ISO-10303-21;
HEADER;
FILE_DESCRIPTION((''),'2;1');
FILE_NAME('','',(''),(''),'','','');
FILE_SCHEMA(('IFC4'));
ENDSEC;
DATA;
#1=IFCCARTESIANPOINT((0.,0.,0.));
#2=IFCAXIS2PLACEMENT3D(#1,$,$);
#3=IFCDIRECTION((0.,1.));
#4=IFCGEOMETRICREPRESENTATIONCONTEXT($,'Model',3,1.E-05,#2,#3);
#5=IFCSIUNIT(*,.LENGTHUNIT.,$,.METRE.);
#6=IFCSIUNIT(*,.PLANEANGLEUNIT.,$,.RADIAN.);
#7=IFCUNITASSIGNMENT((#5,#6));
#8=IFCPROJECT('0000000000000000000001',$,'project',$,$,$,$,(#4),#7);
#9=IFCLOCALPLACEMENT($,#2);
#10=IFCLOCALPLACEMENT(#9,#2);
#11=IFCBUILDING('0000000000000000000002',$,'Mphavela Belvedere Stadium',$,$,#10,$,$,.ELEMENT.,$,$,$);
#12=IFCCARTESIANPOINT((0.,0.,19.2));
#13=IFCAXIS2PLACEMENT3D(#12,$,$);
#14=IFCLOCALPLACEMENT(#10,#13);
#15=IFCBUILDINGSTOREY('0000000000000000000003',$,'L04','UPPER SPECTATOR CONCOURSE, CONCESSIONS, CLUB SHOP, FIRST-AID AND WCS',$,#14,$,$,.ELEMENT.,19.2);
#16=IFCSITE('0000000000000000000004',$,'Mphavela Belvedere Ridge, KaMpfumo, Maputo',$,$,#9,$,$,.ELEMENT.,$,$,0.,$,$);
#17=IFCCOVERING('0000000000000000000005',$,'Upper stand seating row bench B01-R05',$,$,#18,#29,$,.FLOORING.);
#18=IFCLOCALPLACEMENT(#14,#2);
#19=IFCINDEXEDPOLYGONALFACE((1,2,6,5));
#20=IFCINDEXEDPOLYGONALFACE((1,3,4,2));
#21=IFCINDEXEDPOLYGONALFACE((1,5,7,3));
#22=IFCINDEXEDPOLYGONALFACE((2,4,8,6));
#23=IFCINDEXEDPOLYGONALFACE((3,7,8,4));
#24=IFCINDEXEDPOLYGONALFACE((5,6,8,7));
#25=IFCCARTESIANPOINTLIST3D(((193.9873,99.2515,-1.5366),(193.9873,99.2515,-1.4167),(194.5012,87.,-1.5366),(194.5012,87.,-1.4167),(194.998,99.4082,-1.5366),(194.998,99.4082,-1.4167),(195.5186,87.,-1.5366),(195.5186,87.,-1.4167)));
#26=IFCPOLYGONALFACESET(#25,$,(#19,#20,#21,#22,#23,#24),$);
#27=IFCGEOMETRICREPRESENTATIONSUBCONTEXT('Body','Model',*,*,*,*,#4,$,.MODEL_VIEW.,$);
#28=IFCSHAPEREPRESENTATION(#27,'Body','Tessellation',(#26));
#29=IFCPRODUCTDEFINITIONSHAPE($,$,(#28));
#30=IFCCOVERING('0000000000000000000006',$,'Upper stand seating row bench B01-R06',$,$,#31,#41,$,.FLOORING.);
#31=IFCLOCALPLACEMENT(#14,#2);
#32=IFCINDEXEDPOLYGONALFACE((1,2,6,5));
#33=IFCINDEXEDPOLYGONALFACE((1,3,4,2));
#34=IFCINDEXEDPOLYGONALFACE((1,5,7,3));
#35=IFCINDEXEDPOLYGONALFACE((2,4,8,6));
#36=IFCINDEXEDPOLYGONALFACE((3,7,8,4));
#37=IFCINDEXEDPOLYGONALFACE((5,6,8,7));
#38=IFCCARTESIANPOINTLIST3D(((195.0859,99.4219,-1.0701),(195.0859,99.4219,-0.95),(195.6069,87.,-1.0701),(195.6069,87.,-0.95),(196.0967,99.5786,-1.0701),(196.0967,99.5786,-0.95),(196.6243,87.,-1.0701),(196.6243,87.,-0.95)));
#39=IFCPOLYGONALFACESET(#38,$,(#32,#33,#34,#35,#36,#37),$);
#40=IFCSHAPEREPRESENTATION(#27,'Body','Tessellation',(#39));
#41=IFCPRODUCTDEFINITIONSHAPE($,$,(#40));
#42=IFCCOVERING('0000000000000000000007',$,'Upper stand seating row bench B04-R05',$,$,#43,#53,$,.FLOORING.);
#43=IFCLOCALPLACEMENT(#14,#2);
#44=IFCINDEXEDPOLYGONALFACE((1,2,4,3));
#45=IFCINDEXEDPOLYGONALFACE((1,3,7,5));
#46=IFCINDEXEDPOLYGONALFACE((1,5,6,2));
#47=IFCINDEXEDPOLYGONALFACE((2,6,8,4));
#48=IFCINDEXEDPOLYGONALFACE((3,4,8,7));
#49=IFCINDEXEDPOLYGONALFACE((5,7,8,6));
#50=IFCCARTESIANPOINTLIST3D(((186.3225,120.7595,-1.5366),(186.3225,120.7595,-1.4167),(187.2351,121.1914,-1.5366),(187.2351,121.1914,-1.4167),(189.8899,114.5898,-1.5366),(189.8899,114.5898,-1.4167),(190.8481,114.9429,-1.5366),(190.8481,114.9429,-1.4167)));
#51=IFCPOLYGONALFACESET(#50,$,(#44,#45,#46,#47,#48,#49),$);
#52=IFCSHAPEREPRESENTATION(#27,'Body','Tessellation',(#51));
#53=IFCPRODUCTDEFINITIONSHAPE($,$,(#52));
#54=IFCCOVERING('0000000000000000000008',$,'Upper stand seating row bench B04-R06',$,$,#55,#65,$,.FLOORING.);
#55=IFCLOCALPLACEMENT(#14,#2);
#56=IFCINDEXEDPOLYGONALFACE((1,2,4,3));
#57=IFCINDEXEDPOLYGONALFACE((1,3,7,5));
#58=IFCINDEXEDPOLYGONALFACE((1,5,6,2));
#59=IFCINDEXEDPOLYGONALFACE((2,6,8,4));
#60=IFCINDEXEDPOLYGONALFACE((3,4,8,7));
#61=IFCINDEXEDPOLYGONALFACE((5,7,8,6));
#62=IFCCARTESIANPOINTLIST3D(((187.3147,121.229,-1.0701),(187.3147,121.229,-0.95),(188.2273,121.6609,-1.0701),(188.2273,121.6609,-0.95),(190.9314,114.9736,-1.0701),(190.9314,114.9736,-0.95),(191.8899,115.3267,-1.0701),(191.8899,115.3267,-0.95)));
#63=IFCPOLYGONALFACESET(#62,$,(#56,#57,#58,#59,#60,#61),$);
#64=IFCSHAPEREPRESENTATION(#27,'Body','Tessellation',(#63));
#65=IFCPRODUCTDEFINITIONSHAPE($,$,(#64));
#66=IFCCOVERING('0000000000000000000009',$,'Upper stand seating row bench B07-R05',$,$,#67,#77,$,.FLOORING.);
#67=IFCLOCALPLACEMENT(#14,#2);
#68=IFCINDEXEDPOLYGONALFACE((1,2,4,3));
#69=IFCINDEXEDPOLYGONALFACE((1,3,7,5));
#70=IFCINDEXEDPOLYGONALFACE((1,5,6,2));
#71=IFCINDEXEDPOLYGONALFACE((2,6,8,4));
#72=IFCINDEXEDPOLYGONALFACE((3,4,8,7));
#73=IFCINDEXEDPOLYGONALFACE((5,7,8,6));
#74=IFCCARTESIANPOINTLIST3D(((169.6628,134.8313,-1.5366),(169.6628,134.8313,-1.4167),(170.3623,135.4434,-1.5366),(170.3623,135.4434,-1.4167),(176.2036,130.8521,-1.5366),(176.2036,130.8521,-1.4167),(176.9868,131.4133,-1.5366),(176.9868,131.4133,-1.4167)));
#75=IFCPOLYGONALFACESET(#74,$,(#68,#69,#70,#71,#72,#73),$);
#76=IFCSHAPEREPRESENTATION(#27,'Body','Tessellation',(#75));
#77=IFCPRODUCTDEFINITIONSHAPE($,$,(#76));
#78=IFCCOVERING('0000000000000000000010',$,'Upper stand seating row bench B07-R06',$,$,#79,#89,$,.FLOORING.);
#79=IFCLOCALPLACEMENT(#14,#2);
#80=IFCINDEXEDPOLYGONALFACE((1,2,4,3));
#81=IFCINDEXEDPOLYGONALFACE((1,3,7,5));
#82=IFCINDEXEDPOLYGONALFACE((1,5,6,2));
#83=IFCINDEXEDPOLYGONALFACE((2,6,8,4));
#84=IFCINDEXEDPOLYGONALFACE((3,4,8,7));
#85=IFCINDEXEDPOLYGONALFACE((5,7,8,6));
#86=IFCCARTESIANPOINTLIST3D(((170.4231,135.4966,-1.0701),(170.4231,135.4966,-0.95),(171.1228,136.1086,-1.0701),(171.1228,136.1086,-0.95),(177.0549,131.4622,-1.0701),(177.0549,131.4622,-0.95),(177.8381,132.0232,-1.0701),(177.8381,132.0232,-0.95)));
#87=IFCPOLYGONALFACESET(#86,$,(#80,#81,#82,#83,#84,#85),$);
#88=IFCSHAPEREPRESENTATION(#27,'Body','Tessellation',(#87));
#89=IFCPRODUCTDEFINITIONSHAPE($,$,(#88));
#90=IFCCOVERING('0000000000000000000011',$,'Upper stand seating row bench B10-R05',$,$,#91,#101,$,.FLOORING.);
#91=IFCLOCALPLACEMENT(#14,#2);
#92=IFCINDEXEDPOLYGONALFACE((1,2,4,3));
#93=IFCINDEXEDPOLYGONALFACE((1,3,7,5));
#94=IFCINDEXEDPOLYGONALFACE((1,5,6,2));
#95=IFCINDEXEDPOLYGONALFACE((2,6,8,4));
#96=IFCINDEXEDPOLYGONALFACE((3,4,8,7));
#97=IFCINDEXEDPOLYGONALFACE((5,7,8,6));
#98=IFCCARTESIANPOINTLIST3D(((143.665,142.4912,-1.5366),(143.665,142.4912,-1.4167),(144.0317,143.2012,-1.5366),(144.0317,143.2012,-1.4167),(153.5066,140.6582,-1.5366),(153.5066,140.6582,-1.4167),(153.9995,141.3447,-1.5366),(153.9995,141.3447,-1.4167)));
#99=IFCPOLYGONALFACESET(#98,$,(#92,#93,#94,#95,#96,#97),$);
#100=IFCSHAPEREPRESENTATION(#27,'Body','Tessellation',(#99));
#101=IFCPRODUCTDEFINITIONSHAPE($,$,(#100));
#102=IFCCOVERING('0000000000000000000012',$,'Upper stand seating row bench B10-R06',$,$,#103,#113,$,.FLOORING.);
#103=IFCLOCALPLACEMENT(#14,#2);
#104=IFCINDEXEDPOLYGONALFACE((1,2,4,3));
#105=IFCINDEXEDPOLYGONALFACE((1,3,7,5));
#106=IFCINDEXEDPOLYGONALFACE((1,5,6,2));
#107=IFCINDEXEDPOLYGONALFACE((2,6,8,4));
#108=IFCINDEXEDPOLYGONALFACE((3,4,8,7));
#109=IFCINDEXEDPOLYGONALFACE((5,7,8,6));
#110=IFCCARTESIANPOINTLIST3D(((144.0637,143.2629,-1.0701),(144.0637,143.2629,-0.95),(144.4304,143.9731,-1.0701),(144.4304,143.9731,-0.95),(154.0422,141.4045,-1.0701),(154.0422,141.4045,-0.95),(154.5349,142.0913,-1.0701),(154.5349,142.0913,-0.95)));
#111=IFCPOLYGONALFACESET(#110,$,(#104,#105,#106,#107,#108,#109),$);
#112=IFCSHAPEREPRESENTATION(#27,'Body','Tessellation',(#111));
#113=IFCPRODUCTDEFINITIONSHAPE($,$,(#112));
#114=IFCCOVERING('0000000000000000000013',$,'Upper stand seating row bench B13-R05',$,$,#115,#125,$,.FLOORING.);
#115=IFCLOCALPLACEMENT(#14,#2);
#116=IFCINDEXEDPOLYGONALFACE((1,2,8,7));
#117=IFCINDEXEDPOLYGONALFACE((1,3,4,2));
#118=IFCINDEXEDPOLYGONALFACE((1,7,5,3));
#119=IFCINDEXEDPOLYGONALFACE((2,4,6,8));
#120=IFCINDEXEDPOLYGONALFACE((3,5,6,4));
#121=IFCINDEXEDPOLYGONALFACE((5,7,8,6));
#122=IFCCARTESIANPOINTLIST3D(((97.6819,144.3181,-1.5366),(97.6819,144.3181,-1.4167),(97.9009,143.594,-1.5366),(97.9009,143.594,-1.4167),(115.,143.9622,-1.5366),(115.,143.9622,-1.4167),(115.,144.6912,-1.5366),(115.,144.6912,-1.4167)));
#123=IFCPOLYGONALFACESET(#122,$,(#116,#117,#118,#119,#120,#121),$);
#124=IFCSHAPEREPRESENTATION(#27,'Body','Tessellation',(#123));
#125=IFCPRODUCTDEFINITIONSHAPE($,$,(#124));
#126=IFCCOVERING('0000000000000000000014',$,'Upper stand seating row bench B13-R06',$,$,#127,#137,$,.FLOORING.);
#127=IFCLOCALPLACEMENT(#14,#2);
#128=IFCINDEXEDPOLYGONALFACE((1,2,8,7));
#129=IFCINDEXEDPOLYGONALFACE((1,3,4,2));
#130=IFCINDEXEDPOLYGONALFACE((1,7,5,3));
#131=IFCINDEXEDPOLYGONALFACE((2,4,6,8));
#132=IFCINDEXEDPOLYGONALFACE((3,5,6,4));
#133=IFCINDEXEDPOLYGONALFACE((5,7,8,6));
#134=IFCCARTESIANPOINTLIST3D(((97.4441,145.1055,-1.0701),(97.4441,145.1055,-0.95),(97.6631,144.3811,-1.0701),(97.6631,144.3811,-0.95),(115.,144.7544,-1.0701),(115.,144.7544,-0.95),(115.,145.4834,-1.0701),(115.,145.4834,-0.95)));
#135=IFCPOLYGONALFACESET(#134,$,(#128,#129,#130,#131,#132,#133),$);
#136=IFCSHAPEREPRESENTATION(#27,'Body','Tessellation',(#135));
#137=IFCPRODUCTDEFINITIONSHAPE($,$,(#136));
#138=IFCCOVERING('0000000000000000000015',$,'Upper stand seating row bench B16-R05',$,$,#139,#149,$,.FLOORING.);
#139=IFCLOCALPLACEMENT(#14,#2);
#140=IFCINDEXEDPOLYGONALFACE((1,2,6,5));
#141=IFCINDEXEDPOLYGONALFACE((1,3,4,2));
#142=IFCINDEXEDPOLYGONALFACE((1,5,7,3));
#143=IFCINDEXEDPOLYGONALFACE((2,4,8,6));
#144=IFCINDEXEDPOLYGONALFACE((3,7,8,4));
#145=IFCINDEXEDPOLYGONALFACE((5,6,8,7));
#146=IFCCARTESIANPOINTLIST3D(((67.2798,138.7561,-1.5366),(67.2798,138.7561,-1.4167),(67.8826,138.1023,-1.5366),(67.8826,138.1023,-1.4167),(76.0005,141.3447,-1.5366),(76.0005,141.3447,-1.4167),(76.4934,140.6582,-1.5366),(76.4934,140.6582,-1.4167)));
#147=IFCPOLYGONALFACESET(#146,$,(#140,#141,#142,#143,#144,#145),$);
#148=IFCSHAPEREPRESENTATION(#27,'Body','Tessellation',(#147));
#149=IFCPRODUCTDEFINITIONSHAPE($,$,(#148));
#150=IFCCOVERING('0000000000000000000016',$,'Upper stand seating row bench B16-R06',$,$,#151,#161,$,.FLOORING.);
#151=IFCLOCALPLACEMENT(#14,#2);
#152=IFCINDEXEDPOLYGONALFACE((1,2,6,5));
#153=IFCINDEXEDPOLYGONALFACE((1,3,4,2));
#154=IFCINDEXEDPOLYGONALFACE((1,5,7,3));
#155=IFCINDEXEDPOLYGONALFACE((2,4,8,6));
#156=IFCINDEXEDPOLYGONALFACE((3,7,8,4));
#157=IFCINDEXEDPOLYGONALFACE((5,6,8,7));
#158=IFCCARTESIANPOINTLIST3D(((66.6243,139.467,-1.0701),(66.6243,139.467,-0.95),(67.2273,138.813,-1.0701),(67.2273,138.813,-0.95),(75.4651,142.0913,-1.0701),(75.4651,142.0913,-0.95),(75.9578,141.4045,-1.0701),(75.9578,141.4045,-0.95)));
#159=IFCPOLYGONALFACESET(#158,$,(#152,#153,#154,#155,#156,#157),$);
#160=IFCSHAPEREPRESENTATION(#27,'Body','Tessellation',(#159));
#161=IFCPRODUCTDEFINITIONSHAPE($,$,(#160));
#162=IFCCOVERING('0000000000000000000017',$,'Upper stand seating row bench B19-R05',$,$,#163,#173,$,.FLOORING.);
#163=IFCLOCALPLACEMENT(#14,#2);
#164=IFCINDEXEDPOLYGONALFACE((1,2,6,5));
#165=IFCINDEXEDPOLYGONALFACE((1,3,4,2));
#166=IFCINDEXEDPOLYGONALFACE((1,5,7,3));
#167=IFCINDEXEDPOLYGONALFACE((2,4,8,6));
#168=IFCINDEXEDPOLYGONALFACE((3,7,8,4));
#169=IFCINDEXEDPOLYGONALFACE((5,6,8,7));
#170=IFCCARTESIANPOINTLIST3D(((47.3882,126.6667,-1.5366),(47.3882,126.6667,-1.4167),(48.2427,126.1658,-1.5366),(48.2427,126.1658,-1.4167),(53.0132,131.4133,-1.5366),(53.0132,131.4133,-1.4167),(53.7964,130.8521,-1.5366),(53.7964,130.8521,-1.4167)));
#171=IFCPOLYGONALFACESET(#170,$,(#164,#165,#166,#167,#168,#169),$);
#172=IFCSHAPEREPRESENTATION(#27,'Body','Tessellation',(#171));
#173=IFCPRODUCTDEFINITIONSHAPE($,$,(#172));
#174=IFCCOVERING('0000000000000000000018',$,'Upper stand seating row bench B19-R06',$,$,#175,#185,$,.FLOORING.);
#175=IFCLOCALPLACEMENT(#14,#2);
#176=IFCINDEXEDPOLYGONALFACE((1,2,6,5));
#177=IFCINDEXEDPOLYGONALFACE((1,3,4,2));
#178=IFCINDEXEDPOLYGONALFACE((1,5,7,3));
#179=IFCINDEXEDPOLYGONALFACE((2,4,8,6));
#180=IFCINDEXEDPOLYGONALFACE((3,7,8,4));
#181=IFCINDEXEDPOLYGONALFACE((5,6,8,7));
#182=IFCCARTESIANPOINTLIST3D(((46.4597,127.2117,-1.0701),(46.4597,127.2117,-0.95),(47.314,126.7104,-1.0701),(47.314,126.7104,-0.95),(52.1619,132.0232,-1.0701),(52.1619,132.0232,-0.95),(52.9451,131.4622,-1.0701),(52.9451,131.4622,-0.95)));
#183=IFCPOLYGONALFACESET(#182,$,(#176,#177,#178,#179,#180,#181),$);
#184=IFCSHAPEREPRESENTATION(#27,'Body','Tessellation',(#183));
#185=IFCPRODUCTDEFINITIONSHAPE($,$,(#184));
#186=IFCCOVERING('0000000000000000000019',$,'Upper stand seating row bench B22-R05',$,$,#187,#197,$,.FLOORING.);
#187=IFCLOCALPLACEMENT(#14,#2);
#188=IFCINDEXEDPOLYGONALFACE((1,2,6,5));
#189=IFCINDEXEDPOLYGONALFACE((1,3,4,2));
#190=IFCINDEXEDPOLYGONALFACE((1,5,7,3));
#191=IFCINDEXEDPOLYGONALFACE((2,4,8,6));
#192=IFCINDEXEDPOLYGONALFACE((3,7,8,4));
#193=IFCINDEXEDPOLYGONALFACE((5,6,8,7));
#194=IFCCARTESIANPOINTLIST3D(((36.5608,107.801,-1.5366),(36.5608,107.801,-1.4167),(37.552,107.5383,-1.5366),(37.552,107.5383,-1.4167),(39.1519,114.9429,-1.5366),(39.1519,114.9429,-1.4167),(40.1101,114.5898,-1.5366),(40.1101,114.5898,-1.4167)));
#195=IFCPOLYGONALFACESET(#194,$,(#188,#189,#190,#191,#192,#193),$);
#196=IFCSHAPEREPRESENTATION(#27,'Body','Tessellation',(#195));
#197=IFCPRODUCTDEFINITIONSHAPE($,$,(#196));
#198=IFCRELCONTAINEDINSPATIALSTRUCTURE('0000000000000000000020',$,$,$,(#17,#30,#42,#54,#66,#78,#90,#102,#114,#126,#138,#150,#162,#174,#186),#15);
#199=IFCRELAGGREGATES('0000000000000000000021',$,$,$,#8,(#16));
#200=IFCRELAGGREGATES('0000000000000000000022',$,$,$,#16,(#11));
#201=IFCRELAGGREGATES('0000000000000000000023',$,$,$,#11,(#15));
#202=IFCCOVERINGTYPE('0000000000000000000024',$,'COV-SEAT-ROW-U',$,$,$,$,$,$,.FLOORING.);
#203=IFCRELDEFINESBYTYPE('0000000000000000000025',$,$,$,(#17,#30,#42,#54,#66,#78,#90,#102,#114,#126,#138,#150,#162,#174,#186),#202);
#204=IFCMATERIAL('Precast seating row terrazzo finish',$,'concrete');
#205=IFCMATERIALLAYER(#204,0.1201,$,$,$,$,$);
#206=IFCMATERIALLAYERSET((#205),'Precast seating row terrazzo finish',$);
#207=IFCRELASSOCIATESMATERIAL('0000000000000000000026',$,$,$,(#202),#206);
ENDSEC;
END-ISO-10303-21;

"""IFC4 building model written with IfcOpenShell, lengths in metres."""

from ifc_helpers import new_model, si_unit, direction, frame, origin, place, context, subcontext, project, spatial, polyline, outline, extrude, material, layer, layer_set, type_object, element, save


model = new_model("IFC4")

# Units and contexts
model_context = context("Model", 3, precision=1e-05, world=origin(), true_north=direction((0.0, 1.0)))
body_context = subcontext(model_context, "Body", "Model", "MODEL_VIEW")
ifc_project = project(units=[si_unit("LENGTHUNIT", "METRE"), si_unit("PLANEANGLEUNIT", "RADIAN")], contexts=[model_context])

# Site, building, storey
site_placement = place(None, origin())
site = spatial("IfcSite", under=ifc_project, at=site_placement, Name="Mphavela Belvedere Ridge, KaMpfumo, Maputo", CompositionType="ELEMENT", RefElevation=0.0)
building_placement = place(site_placement, origin())
building = spatial("IfcBuilding", under=site, at=building_placement, Name="Mphavela Belvedere Stadium", CompositionType="ELEMENT")
storey_placement = place(building_placement, frame((0.0, 0.0, 19.2)))
storey = spatial("IfcBuildingStorey", under=building, at=storey_placement, Name="L04", Description="UPPER SPECTATOR CONCOURSE, CONCESSIONS, CLUB SHOP, FIRST-AID AND WCS", CompositionType="ELEMENT", Elevation=19.2)

# Coverings
ifc_material = material(Name="Precast seating row terrazzo finish", Category="concrete")
ifc_layer = layer(ifc_material, 0.1201)
ifc_layer_set = layer_set([ifc_layer], Name="Precast seating row terrazzo finish")
covering_type = type_object("IfcCoveringType", Name="COV-SEAT-ROW-U", PredefinedType="FLOORING", material=ifc_layer_set)
covering_1_placement = place(storey_placement, frame((0.0, 0.0, -1.5366)))
element("IfcCovering", 1, at=covering_1_placement, inside=storey, type_object=covering_type, Name="Upper stand seating row bench B01-R05", PredefinedType="FLOORING", context=body_context, shape_type="SweptSolid", body=[
    extrude(outline(polyline([(194.5012, 87.0), (193.9873, 99.2515), (194.998, 99.4082), (195.5186, 87.0), (194.5012, 87.0)])), origin(), (0.0, 0.0, 1.0), 0.1199),
])
covering_2_placement = place(storey_placement, frame((0.0, 0.0, -1.0701)))
element("IfcCovering", 2, at=covering_2_placement, inside=storey, type_object=covering_type, Name="Upper stand seating row bench B01-R06", PredefinedType="FLOORING", context=body_context, shape_type="SweptSolid", body=[
    extrude(outline(polyline([(195.6069, 87.0), (195.0859, 99.4219), (196.0967, 99.5786), (196.6243, 87.0), (195.6069, 87.0)])), origin(), (0.0, 0.0, 1.0), 0.1201),
])
covering_3_placement = place(storey_placement, frame((0.0, 0.0, -1.5366)))
element("IfcCovering", 3, at=covering_3_placement, inside=storey, type_object=covering_type, Name="Upper stand seating row bench B04-R05", PredefinedType="FLOORING", context=body_context, shape_type="SweptSolid", body=[
    extrude(outline(polyline([(189.8899, 114.5898), (186.3225, 120.7595), (187.2351, 121.1914), (190.8481, 114.9429), (189.8899, 114.5898)])), origin(), (0.0, 0.0, 1.0), 0.1199),
])
covering_4_placement = place(storey_placement, frame((0.0, 0.0, -1.0701)))
element("IfcCovering", 4, at=covering_4_placement, inside=storey, type_object=covering_type, Name="Upper stand seating row bench B04-R06", PredefinedType="FLOORING", context=body_context, shape_type="SweptSolid", body=[
    extrude(outline(polyline([(190.9314, 114.9736), (187.3147, 121.229), (188.2273, 121.6609), (191.8899, 115.3267), (190.9314, 114.9736)])), origin(), (0.0, 0.0, 1.0), 0.1201),
])
covering_5_placement = place(storey_placement, frame((0.0, 0.0, -1.5366)))
element("IfcCovering", 5, at=covering_5_placement, inside=storey, type_object=covering_type, Name="Upper stand seating row bench B07-R05", PredefinedType="FLOORING", context=body_context, shape_type="SweptSolid", body=[
    extrude(outline(polyline([(176.2036, 130.8521), (169.6628, 134.8313), (170.3623, 135.4434), (176.9868, 131.4133), (176.2036, 130.8521)])), origin(), (0.0, 0.0, 1.0), 0.1199),
])
covering_6_placement = place(storey_placement, frame((0.0, 0.0, -1.0701)))
element("IfcCovering", 6, at=covering_6_placement, inside=storey, type_object=covering_type, Name="Upper stand seating row bench B07-R06", PredefinedType="FLOORING", context=body_context, shape_type="SweptSolid", body=[
    extrude(outline(polyline([(177.0549, 131.4622), (170.4231, 135.4966), (171.1228, 136.1086), (177.8381, 132.0232), (177.0549, 131.4622)])), origin(), (0.0, 0.0, 1.0), 0.1201),
])
covering_7_placement = place(storey_placement, frame((0.0, 0.0, -1.5366)))
element("IfcCovering", 7, at=covering_7_placement, inside=storey, type_object=covering_type, Name="Upper stand seating row bench B10-R05", PredefinedType="FLOORING", context=body_context, shape_type="SweptSolid", body=[
    extrude(outline(polyline([(153.5066, 140.6582), (143.665, 142.4912), (144.0317, 143.2012), (153.9995, 141.3447), (153.5066, 140.6582)])), origin(), (0.0, 0.0, 1.0), 0.1199),
])
covering_8_placement = place(storey_placement, frame((0.0, 0.0, -1.0701)))
element("IfcCovering", 8, at=covering_8_placement, inside=storey, type_object=covering_type, Name="Upper stand seating row bench B10-R06", PredefinedType="FLOORING", context=body_context, shape_type="SweptSolid", body=[
    extrude(outline(polyline([(154.0422, 141.4045), (144.0637, 143.2629), (144.4304, 143.9731), (154.5349, 142.0913), (154.0422, 141.4045)])), origin(), (0.0, 0.0, 1.0), 0.1201),
])
covering_9_placement = place(storey_placement, frame((0.0, 0.0, -1.5366)))
element("IfcCovering", 9, at=covering_9_placement, inside=storey, type_object=covering_type, Name="Upper stand seating row bench B13-R05", PredefinedType="FLOORING", context=body_context, shape_type="SweptSolid", body=[
    extrude(outline(polyline([(115.0, 143.9622), (97.9009, 143.594), (97.6819, 144.3181), (115.0, 144.6912), (115.0, 143.9622)])), origin(), (0.0, 0.0, 1.0), 0.1199),
])
covering_10_placement = place(storey_placement, frame((0.0, 0.0, -1.0701)))
element("IfcCovering", 10, at=covering_10_placement, inside=storey, type_object=covering_type, Name="Upper stand seating row bench B13-R06", PredefinedType="FLOORING", context=body_context, shape_type="SweptSolid", body=[
    extrude(outline(polyline([(115.0, 144.7544), (97.6631, 144.3811), (97.4441, 145.1055), (115.0, 145.4834), (115.0, 144.7544)])), origin(), (0.0, 0.0, 1.0), 0.1201),
])
covering_11_placement = place(storey_placement, frame((0.0, 0.0, -1.5366)))
element("IfcCovering", 11, at=covering_11_placement, inside=storey, type_object=covering_type, Name="Upper stand seating row bench B16-R05", PredefinedType="FLOORING", context=body_context, shape_type="SweptSolid", body=[
    extrude(outline(polyline([(76.4934, 140.6582), (67.8826, 138.1023), (67.2798, 138.7561), (76.0005, 141.3447), (76.4934, 140.6582)])), origin(), (0.0, 0.0, 1.0), 0.1199),
])
covering_12_placement = place(storey_placement, frame((0.0, 0.0, -1.0701)))
element("IfcCovering", 12, at=covering_12_placement, inside=storey, type_object=covering_type, Name="Upper stand seating row bench B16-R06", PredefinedType="FLOORING", context=body_context, shape_type="SweptSolid", body=[
    extrude(outline(polyline([(75.9578, 141.4045), (67.2273, 138.813), (66.6243, 139.467), (75.4651, 142.0913), (75.9578, 141.4045)])), origin(), (0.0, 0.0, 1.0), 0.1201),
])
covering_13_placement = place(storey_placement, frame((0.0, 0.0, -1.5366)))
element("IfcCovering", 13, at=covering_13_placement, inside=storey, type_object=covering_type, Name="Upper stand seating row bench B19-R05", PredefinedType="FLOORING", context=body_context, shape_type="SweptSolid", body=[
    extrude(outline(polyline([(53.7964, 130.8521), (48.2427, 126.1658), (47.3882, 126.6667), (53.0132, 131.4133), (53.7964, 130.8521)])), origin(), (0.0, 0.0, 1.0), 0.1199),
])
covering_14_placement = place(storey_placement, frame((0.0, 0.0, -1.0701)))
element("IfcCovering", 14, at=covering_14_placement, inside=storey, type_object=covering_type, Name="Upper stand seating row bench B19-R06", PredefinedType="FLOORING", context=body_context, shape_type="SweptSolid", body=[
    extrude(outline(polyline([(52.9451, 131.4622), (47.314, 126.7104), (46.4597, 127.2117), (52.1619, 132.0232), (52.9451, 131.4622)])), origin(), (0.0, 0.0, 1.0), 0.1201),
])
covering_15_placement = place(storey_placement, frame((0.0, 0.0, -1.5366)))
element("IfcCovering", 15, at=covering_15_placement, inside=storey, type_object=covering_type, Name="Upper stand seating row bench B22-R05", PredefinedType="FLOORING", context=body_context, shape_type="SweptSolid", body=[
    extrude(outline(polyline([(40.1101, 114.5898), (37.552, 107.5383), (36.5608, 107.801), (39.1519, 114.9429), (40.1101, 114.5898)])), origin(), (0.0, 0.0, 1.0), 0.1199),
])

save(model, "model.ifc")
